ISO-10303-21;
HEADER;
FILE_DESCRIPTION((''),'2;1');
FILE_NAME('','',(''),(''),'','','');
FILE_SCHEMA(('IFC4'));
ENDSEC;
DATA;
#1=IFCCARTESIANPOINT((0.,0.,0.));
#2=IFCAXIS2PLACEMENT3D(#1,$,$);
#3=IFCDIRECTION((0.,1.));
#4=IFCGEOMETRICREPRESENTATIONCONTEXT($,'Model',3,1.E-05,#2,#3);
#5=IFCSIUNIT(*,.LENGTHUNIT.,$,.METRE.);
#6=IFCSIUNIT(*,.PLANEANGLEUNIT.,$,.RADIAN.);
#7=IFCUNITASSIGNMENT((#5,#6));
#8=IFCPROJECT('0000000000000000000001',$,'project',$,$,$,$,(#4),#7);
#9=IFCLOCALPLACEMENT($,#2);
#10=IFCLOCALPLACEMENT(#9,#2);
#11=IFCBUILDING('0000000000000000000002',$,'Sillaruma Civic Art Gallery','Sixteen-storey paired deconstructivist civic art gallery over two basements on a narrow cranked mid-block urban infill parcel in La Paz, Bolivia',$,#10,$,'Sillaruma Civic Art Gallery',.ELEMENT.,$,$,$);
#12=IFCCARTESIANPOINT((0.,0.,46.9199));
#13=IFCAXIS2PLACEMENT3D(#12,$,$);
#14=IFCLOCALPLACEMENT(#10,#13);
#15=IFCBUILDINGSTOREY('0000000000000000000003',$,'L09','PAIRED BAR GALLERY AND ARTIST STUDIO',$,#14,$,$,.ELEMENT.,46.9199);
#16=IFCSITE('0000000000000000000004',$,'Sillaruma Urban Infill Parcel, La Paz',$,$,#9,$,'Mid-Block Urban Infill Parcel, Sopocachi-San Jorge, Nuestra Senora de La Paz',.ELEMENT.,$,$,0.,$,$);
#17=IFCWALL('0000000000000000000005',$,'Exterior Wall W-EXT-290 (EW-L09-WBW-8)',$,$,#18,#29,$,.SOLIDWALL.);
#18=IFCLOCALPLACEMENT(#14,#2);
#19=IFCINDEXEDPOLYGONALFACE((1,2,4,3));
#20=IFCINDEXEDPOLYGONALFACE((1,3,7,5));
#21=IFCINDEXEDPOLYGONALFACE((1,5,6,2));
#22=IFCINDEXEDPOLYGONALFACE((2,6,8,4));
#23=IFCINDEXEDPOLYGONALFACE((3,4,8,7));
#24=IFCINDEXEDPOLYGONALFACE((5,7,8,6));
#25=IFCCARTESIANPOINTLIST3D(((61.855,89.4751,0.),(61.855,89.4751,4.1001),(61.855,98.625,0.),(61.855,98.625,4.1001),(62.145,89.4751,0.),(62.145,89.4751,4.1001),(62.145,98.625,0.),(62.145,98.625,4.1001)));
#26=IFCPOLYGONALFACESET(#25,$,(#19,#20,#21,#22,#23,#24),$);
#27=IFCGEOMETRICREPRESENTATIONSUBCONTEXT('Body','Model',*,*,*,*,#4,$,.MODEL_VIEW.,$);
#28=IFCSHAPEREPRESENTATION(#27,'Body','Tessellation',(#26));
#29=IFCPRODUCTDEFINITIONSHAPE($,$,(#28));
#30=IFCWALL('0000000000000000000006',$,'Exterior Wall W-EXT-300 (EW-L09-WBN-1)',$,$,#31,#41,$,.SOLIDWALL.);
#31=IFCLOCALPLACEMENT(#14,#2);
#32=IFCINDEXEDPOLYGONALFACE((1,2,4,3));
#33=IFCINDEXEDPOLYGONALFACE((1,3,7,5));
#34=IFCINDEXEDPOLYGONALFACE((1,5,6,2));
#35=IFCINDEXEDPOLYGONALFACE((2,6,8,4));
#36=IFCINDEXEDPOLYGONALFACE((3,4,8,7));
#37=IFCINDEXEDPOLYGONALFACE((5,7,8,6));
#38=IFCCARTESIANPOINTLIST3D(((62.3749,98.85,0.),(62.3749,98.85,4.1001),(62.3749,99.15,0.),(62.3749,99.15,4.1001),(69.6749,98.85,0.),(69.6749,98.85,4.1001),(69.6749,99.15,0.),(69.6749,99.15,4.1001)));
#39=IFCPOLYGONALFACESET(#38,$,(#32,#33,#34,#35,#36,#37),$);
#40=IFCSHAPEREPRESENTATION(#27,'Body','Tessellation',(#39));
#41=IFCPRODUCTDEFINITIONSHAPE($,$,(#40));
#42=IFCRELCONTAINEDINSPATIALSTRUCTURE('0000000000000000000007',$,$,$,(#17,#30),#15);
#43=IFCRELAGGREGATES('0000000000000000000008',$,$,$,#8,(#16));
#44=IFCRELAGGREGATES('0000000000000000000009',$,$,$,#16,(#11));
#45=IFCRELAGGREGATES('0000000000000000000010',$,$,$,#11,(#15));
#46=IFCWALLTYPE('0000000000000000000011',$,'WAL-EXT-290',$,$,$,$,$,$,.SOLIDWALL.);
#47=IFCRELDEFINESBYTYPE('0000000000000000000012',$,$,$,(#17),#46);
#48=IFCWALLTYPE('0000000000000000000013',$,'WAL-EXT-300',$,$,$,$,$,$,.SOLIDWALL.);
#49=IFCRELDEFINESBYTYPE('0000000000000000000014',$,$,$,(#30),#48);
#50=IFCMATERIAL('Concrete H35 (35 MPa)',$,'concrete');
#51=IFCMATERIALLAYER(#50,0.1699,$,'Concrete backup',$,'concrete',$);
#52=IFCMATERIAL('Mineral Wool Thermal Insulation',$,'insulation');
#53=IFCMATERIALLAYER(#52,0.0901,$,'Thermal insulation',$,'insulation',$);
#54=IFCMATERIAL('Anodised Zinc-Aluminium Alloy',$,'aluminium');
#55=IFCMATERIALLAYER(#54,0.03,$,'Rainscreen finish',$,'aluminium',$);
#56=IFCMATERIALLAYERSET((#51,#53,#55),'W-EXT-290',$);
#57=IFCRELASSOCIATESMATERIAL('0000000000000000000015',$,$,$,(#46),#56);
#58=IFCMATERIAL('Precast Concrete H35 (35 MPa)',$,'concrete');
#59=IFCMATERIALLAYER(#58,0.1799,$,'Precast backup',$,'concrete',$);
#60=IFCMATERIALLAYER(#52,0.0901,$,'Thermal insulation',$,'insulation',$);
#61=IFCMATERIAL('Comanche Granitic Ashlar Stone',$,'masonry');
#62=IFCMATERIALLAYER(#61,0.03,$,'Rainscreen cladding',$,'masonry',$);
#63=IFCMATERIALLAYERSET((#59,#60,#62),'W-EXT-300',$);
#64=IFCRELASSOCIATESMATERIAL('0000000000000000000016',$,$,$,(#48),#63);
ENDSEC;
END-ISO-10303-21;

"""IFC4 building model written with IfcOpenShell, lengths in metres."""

from ifc_helpers import new_model, si_unit, direction, frame, frame_2d, origin, place, context, subcontext, project, spatial, rectangle, extrude, material, layer, layer_set, type_object, element, save


model = new_model("IFC4")

# Units and contexts
model_context = context("Model", 3, precision=1e-05, world=origin(), true_north=direction((0.0, 1.0)))
body_context = subcontext(model_context, "Body", "Model", "MODEL_VIEW")
ifc_project = project(units=[si_unit("LENGTHUNIT", "METRE"), si_unit("PLANEANGLEUNIT", "RADIAN")], contexts=[model_context])

# Site, building, storey
site_placement = place(None, origin())
site = spatial("IfcSite", under=ifc_project, at=site_placement, Name="Sillaruma Urban Infill Parcel, La Paz", LongName="Mid-Block Urban Infill Parcel, Sopocachi-San Jorge, Nuestra Senora de La Paz", CompositionType="ELEMENT", RefElevation=0.0)
building_placement = place(site_placement, origin())
building = spatial("IfcBuilding", under=site, at=building_placement, Name="Sillaruma Civic Art Gallery", Description="Sixteen-storey paired deconstructivist civic art gallery over two basements on a narrow cranked mid-block urban infill parcel in La Paz, Bolivia", LongName="Sillaruma Civic Art Gallery", CompositionType="ELEMENT")
storey_placement = place(building_placement, frame((0.0, 0.0, 46.9199)))
storey = spatial("IfcBuildingStorey", under=building, at=storey_placement, Name="L09", Description="PAIRED BAR GALLERY AND ARTIST STUDIO", CompositionType="ELEMENT", Elevation=46.9199)

# Shared definitions
ifc_material_1 = material(Name="Concrete H35 (35 MPa)", Category="concrete")

# Walls
ifc_layer_1 = layer(ifc_material_1, 0.1699, Name="Concrete backup", Category="concrete")
ifc_material_2 = material(Name="Mineral Wool Thermal Insulation", Category="insulation")
ifc_layer_2 = layer(ifc_material_2, 0.0901, Name="Thermal insulation", Category="insulation")
ifc_material_3 = material(Name="Anodised Zinc-Aluminium Alloy", Category="aluminium")
ifc_layer_3 = layer(ifc_material_3, 0.03, Name="Rainscreen finish", Category="aluminium")
ifc_layer_set_1 = layer_set([ifc_layer_1, ifc_layer_2, ifc_layer_3], Name="W-EXT-290")
wall_type_1 = type_object("IfcWallType", Name="WAL-EXT-290", PredefinedType="SOLIDWALL", material=ifc_layer_set_1)
wall_1_placement = place(storey_placement, frame((62.0, 89.4751, 0.0), z_axis=(0.0, 0.0, 1.0), x_axis=(0.0, 1.0, 0.0)))
element("IfcWall", 1, at=wall_1_placement, inside=storey, type_object=wall_type_1, Name="Exterior Wall W-EXT-290 (EW-L09-WBW-8)", PredefinedType="SOLIDWALL", context=body_context, shape_type="SweptSolid", body=[
    extrude(rectangle(XDim=9.1499, YDim=0.29, at=frame_2d((4.575, 0.0))), origin(), (0.0, 0.0, 1.0), 4.1001),
])
ifc_material_4 = material(Name="Precast Concrete H35 (35 MPa)", Category="concrete")
ifc_layer_4 = layer(ifc_material_4, 0.1799, Name="Precast backup", Category="concrete")
ifc_layer_5 = layer(ifc_material_2, 0.0901, Name="Thermal insulation", Category="insulation")
ifc_material_5 = material(Name="Comanche Granitic Ashlar Stone", Category="masonry")
ifc_layer_6 = layer(ifc_material_5, 0.03, Name="Rainscreen cladding", Category="masonry")
ifc_layer_set_2 = layer_set([ifc_layer_4, ifc_layer_5, ifc_layer_6], Name="W-EXT-300")
wall_type_2 = type_object("IfcWallType", Name="WAL-EXT-300", PredefinedType="SOLIDWALL", material=ifc_layer_set_2)
wall_2_placement = place(storey_placement, frame((62.375, 99.0, 0.0), z_axis=(0.0, 0.0, 1.0), x_axis=(1.0, 0.0, 0.0)))
element("IfcWall", 2, at=wall_2_placement, inside=storey, type_object=wall_type_2, Name="Exterior Wall W-EXT-300 (EW-L09-WBN-1)", PredefinedType="SOLIDWALL", context=body_context, shape_type="SweptSolid", body=[
    extrude(rectangle(XDim=7.3, YDim=0.3, at=frame_2d((3.6499, 0.0))), origin(), (0.0, 0.0, 1.0), 4.1001),
])

save(model, "model.ifc")
